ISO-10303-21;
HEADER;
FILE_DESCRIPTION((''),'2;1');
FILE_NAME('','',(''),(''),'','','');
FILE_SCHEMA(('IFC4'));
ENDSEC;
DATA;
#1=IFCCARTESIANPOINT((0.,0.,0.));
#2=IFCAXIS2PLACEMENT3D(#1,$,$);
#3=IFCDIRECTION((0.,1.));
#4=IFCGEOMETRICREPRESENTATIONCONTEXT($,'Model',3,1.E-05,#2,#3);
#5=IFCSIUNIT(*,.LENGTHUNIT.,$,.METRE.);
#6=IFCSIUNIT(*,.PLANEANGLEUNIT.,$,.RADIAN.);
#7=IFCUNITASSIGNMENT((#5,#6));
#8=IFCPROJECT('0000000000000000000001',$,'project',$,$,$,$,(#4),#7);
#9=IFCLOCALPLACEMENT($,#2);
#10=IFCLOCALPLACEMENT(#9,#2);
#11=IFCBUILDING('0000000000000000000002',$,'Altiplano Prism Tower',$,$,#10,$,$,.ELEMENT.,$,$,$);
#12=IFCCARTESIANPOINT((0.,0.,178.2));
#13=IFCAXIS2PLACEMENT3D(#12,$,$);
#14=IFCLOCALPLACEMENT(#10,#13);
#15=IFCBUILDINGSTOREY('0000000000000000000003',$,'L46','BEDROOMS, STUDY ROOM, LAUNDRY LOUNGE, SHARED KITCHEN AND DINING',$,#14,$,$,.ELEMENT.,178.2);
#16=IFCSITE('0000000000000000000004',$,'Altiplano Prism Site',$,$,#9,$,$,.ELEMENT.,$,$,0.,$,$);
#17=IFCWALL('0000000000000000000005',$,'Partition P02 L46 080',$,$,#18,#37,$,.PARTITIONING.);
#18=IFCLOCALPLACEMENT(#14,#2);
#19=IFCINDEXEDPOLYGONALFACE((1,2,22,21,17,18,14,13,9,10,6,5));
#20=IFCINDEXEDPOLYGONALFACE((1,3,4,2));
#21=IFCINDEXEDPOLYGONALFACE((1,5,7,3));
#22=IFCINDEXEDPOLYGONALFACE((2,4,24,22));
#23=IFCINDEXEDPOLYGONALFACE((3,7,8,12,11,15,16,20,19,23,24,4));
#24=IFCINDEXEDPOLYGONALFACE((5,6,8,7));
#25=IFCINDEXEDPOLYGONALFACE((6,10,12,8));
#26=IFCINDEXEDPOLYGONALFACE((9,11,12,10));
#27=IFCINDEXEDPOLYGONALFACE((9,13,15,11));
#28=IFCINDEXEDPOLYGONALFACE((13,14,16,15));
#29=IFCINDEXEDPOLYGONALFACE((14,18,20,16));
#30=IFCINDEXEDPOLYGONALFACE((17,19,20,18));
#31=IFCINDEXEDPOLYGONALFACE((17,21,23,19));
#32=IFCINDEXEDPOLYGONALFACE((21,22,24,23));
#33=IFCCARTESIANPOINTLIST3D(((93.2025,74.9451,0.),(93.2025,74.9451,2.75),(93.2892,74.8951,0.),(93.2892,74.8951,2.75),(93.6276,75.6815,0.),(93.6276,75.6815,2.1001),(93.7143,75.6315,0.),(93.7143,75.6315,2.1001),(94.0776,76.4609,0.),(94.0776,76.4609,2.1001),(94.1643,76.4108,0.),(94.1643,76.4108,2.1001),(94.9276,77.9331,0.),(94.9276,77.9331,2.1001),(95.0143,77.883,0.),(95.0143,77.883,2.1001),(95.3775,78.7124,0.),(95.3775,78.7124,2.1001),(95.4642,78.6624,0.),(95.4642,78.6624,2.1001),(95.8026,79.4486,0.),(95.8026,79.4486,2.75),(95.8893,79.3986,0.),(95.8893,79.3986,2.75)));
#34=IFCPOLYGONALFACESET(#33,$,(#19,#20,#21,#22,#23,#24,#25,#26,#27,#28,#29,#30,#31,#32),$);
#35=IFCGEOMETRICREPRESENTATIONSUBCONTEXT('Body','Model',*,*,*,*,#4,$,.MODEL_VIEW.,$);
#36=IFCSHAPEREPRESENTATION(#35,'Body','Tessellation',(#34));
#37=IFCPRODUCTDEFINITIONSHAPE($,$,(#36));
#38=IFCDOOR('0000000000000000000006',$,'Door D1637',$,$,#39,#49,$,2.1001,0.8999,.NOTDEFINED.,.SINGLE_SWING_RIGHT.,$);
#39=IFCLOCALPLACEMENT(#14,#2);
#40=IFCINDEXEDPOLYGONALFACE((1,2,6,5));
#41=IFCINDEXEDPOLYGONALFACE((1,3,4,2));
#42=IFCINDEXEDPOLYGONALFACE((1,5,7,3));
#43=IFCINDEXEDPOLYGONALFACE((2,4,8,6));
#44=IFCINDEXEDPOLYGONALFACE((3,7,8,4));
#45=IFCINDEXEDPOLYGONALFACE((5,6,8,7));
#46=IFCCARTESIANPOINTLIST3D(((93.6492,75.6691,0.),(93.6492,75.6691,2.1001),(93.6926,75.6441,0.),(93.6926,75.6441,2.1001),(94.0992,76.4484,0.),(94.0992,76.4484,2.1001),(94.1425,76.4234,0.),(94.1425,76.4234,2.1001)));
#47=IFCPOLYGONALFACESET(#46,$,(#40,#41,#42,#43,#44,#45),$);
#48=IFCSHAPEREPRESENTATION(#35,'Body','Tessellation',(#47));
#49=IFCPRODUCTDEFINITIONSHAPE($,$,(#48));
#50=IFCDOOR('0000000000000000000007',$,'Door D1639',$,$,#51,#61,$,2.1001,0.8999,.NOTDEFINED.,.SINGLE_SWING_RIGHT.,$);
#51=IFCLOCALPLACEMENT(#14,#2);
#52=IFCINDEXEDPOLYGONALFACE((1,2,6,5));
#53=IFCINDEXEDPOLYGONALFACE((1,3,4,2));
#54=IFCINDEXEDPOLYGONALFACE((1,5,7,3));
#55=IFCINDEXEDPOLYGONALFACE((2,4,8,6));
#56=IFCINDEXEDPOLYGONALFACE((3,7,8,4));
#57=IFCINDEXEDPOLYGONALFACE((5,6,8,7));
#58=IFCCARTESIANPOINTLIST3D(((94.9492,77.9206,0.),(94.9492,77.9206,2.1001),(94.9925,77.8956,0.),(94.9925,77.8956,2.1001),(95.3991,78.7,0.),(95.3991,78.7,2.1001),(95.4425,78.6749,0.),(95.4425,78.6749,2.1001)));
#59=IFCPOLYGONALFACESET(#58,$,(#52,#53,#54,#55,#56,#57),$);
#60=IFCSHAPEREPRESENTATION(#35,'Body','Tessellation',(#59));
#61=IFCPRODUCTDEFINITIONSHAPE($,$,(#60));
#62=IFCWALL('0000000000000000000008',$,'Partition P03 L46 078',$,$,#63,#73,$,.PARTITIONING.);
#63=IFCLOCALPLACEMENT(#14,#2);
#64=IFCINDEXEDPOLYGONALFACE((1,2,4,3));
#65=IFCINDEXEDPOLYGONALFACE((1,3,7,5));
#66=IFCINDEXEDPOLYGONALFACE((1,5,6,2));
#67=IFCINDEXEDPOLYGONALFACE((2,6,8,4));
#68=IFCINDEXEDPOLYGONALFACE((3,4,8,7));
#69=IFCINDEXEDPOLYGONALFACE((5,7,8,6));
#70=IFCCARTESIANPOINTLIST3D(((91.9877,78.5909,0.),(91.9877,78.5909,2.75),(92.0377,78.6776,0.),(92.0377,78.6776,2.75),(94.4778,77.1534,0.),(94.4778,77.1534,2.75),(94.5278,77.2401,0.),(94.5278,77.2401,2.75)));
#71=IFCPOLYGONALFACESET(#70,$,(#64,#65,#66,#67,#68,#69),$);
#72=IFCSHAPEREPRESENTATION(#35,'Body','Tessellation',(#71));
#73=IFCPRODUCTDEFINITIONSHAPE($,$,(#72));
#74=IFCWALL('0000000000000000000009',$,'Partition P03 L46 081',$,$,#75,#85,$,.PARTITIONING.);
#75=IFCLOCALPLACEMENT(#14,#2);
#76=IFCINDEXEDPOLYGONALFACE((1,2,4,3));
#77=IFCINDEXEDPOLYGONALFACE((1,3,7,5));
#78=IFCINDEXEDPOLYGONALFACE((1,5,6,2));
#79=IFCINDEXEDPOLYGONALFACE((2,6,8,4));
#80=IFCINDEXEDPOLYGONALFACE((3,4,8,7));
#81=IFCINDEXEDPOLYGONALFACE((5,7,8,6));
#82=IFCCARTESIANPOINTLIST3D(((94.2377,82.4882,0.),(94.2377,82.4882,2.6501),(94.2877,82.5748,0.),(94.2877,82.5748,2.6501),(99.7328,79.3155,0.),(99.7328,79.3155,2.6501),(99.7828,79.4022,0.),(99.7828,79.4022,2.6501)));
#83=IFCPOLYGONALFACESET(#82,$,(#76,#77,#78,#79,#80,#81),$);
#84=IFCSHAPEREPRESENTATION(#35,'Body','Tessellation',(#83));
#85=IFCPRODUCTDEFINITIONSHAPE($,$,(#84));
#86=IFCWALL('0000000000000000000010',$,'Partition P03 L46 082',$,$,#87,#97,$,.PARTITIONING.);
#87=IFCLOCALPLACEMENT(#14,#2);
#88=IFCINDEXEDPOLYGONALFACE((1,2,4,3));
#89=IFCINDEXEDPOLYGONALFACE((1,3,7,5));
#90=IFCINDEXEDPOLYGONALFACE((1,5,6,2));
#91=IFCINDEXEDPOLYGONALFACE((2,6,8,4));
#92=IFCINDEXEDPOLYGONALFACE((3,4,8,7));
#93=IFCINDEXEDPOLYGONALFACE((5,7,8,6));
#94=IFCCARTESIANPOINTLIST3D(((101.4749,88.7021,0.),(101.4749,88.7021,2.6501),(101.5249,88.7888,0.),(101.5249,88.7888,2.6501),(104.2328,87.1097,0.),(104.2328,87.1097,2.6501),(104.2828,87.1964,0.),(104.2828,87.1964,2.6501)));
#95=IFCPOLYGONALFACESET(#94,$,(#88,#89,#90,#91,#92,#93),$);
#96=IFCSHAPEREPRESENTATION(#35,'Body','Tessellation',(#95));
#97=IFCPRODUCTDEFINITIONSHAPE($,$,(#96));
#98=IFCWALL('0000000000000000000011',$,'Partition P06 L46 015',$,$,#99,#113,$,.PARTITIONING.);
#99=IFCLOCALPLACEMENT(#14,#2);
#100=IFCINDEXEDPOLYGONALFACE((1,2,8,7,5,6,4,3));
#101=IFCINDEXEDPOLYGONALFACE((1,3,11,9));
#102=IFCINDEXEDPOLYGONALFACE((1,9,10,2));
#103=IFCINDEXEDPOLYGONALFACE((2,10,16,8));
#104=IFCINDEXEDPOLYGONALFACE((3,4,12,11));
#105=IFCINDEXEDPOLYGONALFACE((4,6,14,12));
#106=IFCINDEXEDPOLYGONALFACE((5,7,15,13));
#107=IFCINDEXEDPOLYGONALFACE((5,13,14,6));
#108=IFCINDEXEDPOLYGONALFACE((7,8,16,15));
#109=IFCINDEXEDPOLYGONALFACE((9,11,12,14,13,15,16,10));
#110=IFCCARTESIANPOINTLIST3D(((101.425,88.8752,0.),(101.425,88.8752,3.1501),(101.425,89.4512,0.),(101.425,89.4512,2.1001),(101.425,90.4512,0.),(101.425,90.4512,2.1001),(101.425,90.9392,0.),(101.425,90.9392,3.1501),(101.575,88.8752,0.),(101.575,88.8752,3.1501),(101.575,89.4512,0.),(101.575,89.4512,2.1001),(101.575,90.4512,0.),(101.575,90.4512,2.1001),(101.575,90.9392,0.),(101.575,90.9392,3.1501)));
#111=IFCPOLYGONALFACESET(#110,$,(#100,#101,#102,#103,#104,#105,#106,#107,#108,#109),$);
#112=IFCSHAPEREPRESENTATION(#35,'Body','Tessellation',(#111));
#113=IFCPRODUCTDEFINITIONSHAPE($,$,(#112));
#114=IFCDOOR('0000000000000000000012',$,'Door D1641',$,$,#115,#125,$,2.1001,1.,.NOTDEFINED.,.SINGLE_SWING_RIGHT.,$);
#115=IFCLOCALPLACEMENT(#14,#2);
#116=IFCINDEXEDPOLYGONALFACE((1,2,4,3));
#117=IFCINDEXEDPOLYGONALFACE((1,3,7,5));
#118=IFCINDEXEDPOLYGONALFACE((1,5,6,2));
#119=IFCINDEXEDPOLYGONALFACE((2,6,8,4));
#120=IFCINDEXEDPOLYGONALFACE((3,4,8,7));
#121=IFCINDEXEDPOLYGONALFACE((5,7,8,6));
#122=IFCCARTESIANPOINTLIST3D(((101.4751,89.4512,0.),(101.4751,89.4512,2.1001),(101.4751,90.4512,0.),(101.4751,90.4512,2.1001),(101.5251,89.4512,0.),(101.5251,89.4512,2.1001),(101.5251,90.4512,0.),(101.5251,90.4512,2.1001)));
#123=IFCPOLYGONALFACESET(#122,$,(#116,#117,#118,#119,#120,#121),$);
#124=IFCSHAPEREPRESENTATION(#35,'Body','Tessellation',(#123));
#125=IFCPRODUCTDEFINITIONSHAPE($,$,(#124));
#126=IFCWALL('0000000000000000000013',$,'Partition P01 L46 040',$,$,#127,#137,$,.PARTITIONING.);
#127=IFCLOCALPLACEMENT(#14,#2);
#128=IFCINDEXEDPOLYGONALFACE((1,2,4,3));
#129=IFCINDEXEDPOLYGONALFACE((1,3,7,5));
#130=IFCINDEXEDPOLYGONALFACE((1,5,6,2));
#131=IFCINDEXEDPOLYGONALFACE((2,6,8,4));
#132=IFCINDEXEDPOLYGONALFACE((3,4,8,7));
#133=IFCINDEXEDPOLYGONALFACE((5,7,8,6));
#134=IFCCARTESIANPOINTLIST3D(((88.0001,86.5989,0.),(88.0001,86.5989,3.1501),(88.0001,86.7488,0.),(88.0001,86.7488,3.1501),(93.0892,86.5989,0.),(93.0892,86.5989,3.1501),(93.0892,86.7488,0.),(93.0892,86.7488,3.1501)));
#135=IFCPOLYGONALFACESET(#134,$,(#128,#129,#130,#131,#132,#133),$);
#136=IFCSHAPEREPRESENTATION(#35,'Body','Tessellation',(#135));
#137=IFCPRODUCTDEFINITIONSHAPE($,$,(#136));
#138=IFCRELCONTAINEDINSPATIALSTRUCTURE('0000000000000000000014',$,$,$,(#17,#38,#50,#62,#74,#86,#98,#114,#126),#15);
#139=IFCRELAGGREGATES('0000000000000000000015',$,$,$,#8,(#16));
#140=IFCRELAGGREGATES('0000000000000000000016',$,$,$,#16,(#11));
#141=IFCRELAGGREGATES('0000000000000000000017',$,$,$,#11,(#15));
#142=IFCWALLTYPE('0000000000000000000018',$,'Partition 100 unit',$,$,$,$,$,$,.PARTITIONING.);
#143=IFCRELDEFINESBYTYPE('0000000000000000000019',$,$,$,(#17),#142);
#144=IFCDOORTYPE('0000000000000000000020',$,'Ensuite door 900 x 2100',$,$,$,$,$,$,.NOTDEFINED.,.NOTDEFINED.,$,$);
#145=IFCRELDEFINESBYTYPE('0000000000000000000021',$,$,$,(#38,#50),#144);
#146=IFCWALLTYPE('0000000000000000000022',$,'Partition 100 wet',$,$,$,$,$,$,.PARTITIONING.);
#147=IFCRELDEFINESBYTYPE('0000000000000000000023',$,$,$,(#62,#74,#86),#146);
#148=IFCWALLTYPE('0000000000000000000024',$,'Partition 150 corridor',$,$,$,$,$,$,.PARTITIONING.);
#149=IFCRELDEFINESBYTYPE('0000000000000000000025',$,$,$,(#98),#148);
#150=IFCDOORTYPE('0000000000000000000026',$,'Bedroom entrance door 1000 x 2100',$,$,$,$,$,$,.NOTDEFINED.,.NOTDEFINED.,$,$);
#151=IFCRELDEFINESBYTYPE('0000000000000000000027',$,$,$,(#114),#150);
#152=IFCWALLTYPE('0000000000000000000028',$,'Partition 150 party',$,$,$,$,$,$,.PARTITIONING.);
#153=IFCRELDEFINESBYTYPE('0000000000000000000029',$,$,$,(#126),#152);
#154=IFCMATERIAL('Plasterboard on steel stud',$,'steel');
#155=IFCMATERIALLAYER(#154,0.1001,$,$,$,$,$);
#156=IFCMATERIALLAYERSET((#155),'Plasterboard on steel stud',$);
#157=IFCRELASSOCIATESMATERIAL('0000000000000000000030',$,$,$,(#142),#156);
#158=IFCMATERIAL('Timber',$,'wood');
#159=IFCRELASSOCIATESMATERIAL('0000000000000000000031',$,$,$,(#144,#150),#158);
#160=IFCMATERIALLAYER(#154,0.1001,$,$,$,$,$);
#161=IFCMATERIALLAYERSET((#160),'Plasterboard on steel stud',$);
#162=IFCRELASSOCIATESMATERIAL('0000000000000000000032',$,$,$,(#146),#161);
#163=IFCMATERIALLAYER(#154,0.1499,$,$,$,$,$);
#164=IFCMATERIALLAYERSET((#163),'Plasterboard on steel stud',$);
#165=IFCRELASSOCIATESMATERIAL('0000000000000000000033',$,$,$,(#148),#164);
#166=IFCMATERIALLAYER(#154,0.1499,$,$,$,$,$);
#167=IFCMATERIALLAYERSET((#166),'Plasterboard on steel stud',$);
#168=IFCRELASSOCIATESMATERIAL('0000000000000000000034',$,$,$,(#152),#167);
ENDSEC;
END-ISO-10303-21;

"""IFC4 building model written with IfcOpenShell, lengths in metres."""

from ifc_helpers import new_model, si_unit, direction, frame, frame_2d, origin, place, context, subcontext, project, spatial, rectangle, extrude, material, layer, layer_set, type_object, element, fill, save


model = new_model("IFC4")

# Units and contexts
model_context = context("Model", 3, precision=1e-05, world=origin(), true_north=direction((0.0, 1.0)))
body_context = subcontext(model_context, "Body", "Model", "MODEL_VIEW")
ifc_project = project(units=[si_unit("LENGTHUNIT", "METRE"), si_unit("PLANEANGLEUNIT", "RADIAN")], contexts=[model_context])

# Site, building, storey
site_placement = place(None, origin())
site = spatial("IfcSite", under=ifc_project, at=site_placement, Name="Altiplano Prism Site", CompositionType="ELEMENT", RefElevation=0.0)
building_placement = place(site_placement, origin())
building = spatial("IfcBuilding", under=site, at=building_placement, Name="Altiplano Prism Tower", CompositionType="ELEMENT")
storey_placement = place(building_placement, frame((0.0, 0.0, 178.2)))
storey = spatial("IfcBuildingStorey", under=building, at=storey_placement, Name="L46", Description="BEDROOMS, STUDY ROOM, LAUNDRY LOUNGE, SHARED KITCHEN AND DINING", CompositionType="ELEMENT", Elevation=178.2)

# Shared definitions
ifc_material_1 = material(Name="Plasterboard on steel stud", Category="steel")
ifc_layer_1 = layer(ifc_material_1, 0.1001)
ifc_layer_set_1 = layer_set([ifc_layer_1], Name="Plasterboard on steel stud")
wall_type_1 = type_object("IfcWallType", Name="Partition 100 unit", PredefinedType="PARTITIONING", material=ifc_layer_set_1)

# Wall, openings, doors
wall_1_placement = place(storey_placement, frame((95.8459, 79.4236, 0.0), z_axis=(0.0, 0.0, 1.0), x_axis=(-0.500007, -0.866021, 0.0)))
wall_1 = element("IfcWall", 1, at=wall_1_placement, inside=storey, type_object=wall_type_1, Name="Partition P02 L46 080", PredefinedType="PARTITIONING", context=body_context, shape_type="SweptSolid", body=[
    extrude(rectangle(XDim=5.2002, YDim=0.1001, at=frame_2d((2.6001, 0.0))), origin(), (0.0, 0.0, 1.0), 2.75),
])
opening_1_placement = place(wall_1_placement, frame((3.45, 0.0, 0.0)))
opening_1 = element("IfcOpeningElement", 2, at=opening_1_placement, cuts=wall_1, PredefinedType="OPENING", context=body_context, shape_type="SweptSolid", body=[
    extrude(rectangle(XDim=0.8999, YDim=2.1001, at=frame_2d((0.45, 1.05))), frame((0.0, 0.0605, 0.0), z_axis=(0.0, -1.0, 0.0), x_axis=(1.0, 0.0, 0.0)), (0.0, 0.0, 1.0), 0.1211),
])
opening_2_placement = place(wall_1_placement, frame((0.8501, 0.0, 0.0)))
opening_2 = element("IfcOpeningElement", 3, at=opening_2_placement, cuts=wall_1, PredefinedType="OPENING", context=body_context, shape_type="SweptSolid", body=[
    extrude(rectangle(XDim=0.8999, YDim=2.1001, at=frame_2d((0.45, 1.05))), frame((0.0, 0.0605, 0.0), z_axis=(0.0, -1.0, 0.0), x_axis=(1.0, 0.0, 0.0)), (0.0, 0.0, 1.0), 0.1211),
])
ifc_material_2 = material(Name="Timber", Category="wood")
door_type_1 = type_object("IfcDoorType", Name="Ensuite door 900 x 2100", OperationType="NOTDEFINED", PredefinedType="NOTDEFINED", material=ifc_material_2)
door_1_placement = place(opening_1_placement, origin())
door_1 = element("IfcDoor", 4, at=door_1_placement, inside=storey, type_object=door_type_1, Name="Door D1637", OperationType="SINGLE_SWING_RIGHT", OverallHeight=2.1001, OverallWidth=0.8999, PredefinedType="NOTDEFINED", context=body_context, shape_type="SweptSolid", body=[
    extrude(rectangle(XDim=0.8999, YDim=2.1001, at=frame_2d((0.45, 1.05))), frame((0.0, 0.0249, 0.0), z_axis=(0.0, -1.0, 0.0), x_axis=(1.0, 0.0, 0.0)), (0.0, 0.0, 1.0), 0.05),
])
fill(opening_1, door_1)
door_2_placement = place(opening_2_placement, origin())
door_2 = element("IfcDoor", 5, at=door_2_placement, inside=storey, type_object=door_type_1, Name="Door D1639", OperationType="SINGLE_SWING_RIGHT", OverallHeight=2.1001, OverallWidth=0.8999, PredefinedType="NOTDEFINED", context=body_context, shape_type="SweptSolid", body=[
    extrude(rectangle(XDim=0.8999, YDim=2.1001, at=frame_2d((0.45, 1.05))), frame((0.0, 0.0249, 0.0), z_axis=(0.0, -1.0, 0.0), x_axis=(1.0, 0.0, 0.0)), (0.0, 0.0, 1.0), 0.05),
])
fill(opening_2, door_2)

# Walls
ifc_layer_2 = layer(ifc_material_1, 0.1001)
ifc_layer_set_2 = layer_set([ifc_layer_2], Name="Plasterboard on steel stud")
wall_type_2 = type_object("IfcWallType", Name="Partition 100 wet", PredefinedType="PARTITIONING", material=ifc_layer_set_2)
wall_2_placement = place(storey_placement, frame((94.5027, 77.1968, 0.0), z_axis=(0.0, 0.0, 1.0), x_axis=(-0.86604, 0.499975, 0.0)))
element("IfcWall", 6, at=wall_2_placement, inside=storey, type_object=wall_type_2, Name="Partition P03 L46 078", PredefinedType="PARTITIONING", context=body_context, shape_type="SweptSolid", body=[
    extrude(rectangle(XDim=2.8752, YDim=0.1001, at=frame_2d((1.4375, 0.0))), origin(), (0.0, 0.0, 1.0), 2.75),
])
wall_3_placement = place(storey_placement, frame((99.7578, 79.3589, 0.0), z_axis=(0.0, 0.0, 1.0), x_axis=(-0.866025, 0.5, 0.0)))
element("IfcWall", 7, at=wall_3_placement, inside=storey, type_object=wall_type_2, Name="Partition P03 L46 081", PredefinedType="PARTITIONING", context=body_context, shape_type="SweptSolid", body=[
    extrude(rectangle(XDim=6.3452, YDim=0.1001, at=frame_2d((3.1726, 0.0))), origin(), (0.0, 0.0, 1.0), 2.6501),
])
wall_4_placement = place(storey_placement, frame((104.2578, 87.1531, 0.0), z_axis=(0.0, 0.0, 1.0), x_axis=(-0.866017, 0.500014, 0.0)))
element("IfcWall", 8, at=wall_4_placement, inside=storey, type_object=wall_type_2, Name="Partition P03 L46 082", PredefinedType="PARTITIONING", context=body_context, shape_type="SweptSolid", body=[
    extrude(rectangle(XDim=3.1846, YDim=0.1001, at=frame_2d((1.5923, 0.0))), origin(), (0.0, 0.0, 1.0), 2.6501),
])

# Wall, opening, door
ifc_layer_3 = layer(ifc_material_1, 0.1499)
ifc_layer_set_3 = layer_set([ifc_layer_3], Name="Plasterboard on steel stud")
wall_type_3 = type_object("IfcWallType", Name="Partition 150 corridor", PredefinedType="PARTITIONING", material=ifc_layer_set_3)
wall_5_placement = place(storey_placement, frame((101.5, 88.8752, 0.0), z_axis=(0.0, 0.0, 1.0), x_axis=(0.0, 1.0, 0.0)))
wall_5 = element("IfcWall", 9, at=wall_5_placement, inside=storey, type_object=wall_type_3, Name="Partition P06 L46 015", PredefinedType="PARTITIONING", context=body_context, shape_type="SweptSolid", body=[
    extrude(rectangle(XDim=2.064, YDim=0.1499, at=frame_2d((1.032, 0.0))), origin(), (0.0, 0.0, 1.0), 3.1501),
])
opening_3_placement = place(wall_5_placement, frame((0.5759, 0.0, 0.0)))
opening_3 = element("IfcOpeningElement", 10, at=opening_3_placement, cuts=wall_5, PredefinedType="OPENING", context=body_context, shape_type="SweptSolid", body=[
    extrude(rectangle(XDim=1.0, YDim=2.1001, at=frame_2d((0.5, 1.05))), frame((0.0, 0.0854, 0.0), z_axis=(0.0, -1.0, 0.0), x_axis=(1.0, 0.0, 0.0)), (0.0, 0.0, 1.0), 0.1709),
])
door_type_2 = type_object("IfcDoorType", Name="Bedroom entrance door 1000 x 2100", OperationType="NOTDEFINED", PredefinedType="NOTDEFINED", material=ifc_material_2)
door_3_placement = place(opening_3_placement, origin())
door_3 = element("IfcDoor", 11, at=door_3_placement, inside=storey, type_object=door_type_2, Name="Door D1641", OperationType="SINGLE_SWING_RIGHT", OverallHeight=2.1001, OverallWidth=1.0, PredefinedType="NOTDEFINED", context=body_context, shape_type="SweptSolid", body=[
    extrude(rectangle(XDim=1.0, YDim=2.1001, at=frame_2d((0.5, 1.05))), frame((0.0, 0.0249, 0.0), z_axis=(0.0, -1.0, 0.0), x_axis=(1.0, 0.0, 0.0)), (0.0, 0.0, 1.0), 0.05),
])
fill(opening_3, door_3)

# Wall
ifc_layer_4 = layer(ifc_material_1, 0.1499)
ifc_layer_set_4 = layer_set([ifc_layer_4], Name="Plasterboard on steel stud")
wall_type_4 = type_object("IfcWallType", Name="Partition 150 party", PredefinedType="PARTITIONING", material=ifc_layer_set_4)
wall_6_placement = place(storey_placement, frame((93.0891, 86.6738, 0.0), z_axis=(0.0, 0.0, 1.0), x_axis=(-1.0, 0.0, 0.0)))
element("IfcWall", 12, at=wall_6_placement, inside=storey, type_object=wall_type_4, Name="Partition P01 L46 040", PredefinedType="PARTITIONING", context=body_context, shape_type="SweptSolid", body=[
    extrude(rectangle(XDim=5.0891, YDim=0.1499, at=frame_2d((2.5444, 0.0))), origin(), (0.0, 0.0, 1.0), 3.1501),
])

save(model, "model.ifc")
